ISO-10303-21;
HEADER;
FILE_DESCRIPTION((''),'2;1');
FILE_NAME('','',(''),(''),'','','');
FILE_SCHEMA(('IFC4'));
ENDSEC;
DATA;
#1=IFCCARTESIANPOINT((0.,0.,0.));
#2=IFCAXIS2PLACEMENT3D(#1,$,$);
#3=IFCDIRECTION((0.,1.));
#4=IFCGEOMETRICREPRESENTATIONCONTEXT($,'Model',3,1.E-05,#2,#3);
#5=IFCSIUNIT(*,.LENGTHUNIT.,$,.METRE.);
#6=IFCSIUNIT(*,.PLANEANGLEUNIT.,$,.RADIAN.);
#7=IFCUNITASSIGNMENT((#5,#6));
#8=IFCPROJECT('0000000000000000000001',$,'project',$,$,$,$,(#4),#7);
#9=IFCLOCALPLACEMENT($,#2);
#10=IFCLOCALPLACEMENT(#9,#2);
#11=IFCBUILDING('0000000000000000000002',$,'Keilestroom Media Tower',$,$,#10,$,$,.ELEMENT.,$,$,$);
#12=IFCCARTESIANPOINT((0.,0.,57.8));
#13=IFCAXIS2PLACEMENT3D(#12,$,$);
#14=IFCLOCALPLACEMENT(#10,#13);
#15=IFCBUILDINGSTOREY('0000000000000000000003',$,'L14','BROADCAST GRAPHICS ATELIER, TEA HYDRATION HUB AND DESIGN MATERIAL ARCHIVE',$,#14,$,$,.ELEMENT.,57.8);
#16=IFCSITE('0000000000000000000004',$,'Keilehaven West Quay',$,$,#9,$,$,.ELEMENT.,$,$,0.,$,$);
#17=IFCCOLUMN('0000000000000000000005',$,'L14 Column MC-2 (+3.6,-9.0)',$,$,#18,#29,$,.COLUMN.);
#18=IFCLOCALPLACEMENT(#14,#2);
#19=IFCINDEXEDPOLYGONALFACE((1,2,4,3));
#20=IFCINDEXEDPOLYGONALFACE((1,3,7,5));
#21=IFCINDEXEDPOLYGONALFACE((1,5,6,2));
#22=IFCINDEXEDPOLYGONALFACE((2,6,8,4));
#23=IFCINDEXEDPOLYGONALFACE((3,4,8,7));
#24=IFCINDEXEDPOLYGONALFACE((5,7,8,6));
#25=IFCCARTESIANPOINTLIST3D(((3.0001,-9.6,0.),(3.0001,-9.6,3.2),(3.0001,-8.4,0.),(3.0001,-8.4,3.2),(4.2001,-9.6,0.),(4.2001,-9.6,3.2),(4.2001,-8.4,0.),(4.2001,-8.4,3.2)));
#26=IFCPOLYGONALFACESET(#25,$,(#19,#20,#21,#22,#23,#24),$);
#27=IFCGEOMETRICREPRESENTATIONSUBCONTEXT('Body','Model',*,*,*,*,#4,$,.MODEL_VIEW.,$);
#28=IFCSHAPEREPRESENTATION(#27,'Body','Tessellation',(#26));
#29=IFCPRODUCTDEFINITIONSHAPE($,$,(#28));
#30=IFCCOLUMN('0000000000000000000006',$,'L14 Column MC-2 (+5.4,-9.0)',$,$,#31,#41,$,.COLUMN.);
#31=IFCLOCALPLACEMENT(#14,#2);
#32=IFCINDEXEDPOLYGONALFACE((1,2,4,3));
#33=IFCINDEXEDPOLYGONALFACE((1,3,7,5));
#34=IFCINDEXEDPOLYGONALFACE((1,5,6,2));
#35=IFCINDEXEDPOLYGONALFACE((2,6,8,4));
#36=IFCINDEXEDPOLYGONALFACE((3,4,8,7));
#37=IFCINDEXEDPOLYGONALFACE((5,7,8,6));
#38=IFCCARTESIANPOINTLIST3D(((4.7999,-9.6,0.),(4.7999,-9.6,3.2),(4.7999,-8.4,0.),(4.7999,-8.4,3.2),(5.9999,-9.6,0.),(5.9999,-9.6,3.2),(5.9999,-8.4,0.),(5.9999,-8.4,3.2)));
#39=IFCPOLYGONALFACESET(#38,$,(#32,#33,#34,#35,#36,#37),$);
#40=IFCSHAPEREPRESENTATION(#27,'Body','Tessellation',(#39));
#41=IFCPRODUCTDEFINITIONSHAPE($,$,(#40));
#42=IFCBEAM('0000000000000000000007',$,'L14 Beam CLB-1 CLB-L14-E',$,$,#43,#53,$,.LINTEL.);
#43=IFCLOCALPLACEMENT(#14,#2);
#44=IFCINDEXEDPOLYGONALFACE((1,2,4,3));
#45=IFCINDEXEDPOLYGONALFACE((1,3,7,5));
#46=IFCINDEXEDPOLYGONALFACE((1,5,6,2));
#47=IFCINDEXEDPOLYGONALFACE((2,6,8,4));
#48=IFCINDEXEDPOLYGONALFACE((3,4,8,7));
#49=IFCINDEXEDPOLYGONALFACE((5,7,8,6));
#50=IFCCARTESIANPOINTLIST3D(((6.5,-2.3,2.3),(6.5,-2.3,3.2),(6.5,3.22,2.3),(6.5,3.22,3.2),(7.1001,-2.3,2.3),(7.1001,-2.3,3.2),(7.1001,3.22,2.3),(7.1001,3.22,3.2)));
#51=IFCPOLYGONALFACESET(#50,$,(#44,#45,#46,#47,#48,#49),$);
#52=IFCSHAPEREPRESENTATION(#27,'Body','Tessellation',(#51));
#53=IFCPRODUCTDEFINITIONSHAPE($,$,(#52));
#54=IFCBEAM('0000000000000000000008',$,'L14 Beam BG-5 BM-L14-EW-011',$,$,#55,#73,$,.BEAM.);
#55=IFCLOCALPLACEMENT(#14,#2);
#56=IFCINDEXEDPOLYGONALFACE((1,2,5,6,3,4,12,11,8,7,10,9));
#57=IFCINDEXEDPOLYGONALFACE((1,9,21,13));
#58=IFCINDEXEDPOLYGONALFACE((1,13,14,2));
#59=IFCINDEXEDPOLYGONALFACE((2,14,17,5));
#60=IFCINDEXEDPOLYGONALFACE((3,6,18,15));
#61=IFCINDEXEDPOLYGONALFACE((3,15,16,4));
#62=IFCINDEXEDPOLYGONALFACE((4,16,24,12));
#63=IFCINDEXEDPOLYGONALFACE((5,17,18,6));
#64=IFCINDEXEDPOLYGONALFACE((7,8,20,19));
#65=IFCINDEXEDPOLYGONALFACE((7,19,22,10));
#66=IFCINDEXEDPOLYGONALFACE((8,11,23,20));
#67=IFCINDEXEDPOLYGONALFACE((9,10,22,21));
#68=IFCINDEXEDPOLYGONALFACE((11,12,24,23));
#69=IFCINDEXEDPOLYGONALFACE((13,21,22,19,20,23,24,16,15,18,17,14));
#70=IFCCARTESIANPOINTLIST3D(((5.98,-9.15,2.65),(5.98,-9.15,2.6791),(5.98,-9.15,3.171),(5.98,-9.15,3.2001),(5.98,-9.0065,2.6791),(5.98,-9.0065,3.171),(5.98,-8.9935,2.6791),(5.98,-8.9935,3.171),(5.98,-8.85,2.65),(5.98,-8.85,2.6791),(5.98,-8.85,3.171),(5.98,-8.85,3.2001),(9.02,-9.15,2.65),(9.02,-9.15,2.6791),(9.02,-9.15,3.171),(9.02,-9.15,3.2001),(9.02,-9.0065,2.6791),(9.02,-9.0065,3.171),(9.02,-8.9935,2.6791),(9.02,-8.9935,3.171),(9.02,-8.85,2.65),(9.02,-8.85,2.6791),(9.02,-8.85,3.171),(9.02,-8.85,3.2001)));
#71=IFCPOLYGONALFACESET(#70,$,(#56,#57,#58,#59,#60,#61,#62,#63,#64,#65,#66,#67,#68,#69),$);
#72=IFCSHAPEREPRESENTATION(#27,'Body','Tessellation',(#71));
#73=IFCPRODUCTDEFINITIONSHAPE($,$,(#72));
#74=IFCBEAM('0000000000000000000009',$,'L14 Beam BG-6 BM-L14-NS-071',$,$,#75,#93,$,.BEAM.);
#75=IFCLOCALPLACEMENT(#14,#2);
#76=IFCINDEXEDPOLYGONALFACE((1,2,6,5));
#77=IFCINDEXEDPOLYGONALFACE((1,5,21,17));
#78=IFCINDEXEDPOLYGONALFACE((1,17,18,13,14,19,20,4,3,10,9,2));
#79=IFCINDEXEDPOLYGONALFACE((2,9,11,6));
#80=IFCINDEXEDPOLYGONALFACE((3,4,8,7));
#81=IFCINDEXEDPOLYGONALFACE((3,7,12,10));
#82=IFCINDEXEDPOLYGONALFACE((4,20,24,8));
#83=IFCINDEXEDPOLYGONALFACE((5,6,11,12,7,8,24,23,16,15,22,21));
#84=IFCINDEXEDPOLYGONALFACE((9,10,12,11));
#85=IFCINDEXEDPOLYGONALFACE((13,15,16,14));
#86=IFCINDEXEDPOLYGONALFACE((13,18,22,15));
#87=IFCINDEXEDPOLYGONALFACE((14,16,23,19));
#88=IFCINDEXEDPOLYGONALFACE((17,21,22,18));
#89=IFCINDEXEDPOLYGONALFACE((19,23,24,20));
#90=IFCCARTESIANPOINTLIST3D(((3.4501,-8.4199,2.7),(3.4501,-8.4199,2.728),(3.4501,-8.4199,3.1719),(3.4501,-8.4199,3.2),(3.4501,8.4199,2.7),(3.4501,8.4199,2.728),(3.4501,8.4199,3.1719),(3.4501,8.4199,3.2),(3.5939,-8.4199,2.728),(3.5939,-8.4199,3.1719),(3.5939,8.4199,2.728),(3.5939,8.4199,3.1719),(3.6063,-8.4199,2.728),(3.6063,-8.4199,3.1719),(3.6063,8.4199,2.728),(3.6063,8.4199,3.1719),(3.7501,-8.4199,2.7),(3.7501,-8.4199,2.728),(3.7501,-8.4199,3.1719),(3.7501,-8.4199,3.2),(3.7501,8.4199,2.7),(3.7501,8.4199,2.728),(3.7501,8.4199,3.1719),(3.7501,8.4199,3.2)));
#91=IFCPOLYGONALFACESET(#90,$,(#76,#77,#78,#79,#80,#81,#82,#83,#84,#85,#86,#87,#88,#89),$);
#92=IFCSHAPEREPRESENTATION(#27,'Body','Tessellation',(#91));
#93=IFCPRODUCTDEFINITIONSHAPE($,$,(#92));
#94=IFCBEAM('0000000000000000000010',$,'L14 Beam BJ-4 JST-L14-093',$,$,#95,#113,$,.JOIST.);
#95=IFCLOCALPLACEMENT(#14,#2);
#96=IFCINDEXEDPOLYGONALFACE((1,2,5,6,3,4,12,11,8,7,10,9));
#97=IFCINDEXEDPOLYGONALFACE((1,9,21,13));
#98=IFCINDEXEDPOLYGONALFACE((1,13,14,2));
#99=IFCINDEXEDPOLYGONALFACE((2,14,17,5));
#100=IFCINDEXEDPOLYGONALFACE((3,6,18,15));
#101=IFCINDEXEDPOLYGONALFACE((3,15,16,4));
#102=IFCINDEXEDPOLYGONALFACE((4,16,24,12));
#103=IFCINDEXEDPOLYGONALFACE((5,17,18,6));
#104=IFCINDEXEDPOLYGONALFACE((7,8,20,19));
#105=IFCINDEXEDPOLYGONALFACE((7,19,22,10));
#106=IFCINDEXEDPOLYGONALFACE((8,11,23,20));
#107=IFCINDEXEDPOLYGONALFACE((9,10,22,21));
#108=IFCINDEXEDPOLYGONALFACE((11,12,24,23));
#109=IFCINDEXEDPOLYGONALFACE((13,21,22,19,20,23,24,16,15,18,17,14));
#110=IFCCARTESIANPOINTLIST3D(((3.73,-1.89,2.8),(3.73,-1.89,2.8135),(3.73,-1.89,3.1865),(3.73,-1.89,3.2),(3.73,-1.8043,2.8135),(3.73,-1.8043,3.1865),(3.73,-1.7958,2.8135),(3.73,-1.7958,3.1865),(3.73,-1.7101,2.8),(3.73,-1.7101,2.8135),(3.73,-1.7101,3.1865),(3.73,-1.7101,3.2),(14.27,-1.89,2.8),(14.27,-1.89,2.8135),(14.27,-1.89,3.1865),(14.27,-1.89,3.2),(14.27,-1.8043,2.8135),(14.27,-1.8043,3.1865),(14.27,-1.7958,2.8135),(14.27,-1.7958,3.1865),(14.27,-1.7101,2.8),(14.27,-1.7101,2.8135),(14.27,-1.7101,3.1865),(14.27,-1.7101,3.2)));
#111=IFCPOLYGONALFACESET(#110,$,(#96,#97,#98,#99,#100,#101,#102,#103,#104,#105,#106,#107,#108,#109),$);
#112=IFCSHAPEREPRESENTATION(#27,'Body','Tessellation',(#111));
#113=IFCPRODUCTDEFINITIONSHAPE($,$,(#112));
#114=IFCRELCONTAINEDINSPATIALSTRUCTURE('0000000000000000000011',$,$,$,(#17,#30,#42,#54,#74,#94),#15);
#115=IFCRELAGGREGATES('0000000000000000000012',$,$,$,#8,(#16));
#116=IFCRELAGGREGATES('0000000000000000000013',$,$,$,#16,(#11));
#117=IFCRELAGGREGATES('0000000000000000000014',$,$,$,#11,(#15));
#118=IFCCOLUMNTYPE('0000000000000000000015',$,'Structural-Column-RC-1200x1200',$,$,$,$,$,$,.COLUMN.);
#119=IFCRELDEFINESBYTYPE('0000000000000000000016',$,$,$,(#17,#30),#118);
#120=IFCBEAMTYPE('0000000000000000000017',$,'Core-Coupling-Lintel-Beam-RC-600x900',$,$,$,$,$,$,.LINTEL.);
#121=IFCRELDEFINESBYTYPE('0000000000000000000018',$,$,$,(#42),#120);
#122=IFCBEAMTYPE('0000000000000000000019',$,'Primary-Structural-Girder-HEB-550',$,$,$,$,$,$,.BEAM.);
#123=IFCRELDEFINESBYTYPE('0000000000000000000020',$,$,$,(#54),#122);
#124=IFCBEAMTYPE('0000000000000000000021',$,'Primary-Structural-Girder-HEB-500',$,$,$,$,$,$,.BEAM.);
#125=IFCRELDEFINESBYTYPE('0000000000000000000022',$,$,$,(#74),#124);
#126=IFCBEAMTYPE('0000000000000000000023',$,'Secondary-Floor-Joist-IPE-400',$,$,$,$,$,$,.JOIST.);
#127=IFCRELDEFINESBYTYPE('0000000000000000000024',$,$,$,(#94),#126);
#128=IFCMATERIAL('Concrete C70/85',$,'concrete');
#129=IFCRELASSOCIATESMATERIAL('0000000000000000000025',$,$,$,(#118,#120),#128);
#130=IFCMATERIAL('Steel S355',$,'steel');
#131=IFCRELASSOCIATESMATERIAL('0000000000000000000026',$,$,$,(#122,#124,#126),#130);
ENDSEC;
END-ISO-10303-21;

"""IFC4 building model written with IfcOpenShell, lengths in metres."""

from ifc_helpers import new_model, si_unit, direction, frame, origin, origin_2d, place, context, subcontext, project, spatial, rectangle, i_section, extrude, source, transform, mapped, material, material_profile, profile_set, type_object, element, save


model = new_model("IFC4")

# Units and contexts
model_context = context("Model", 3, precision=1e-05, world=origin(), true_north=direction((0.0, 1.0)))
body_context = subcontext(model_context, "Body", "Model", "MODEL_VIEW")
ifc_project = project(units=[si_unit("LENGTHUNIT", "METRE"), si_unit("PLANEANGLEUNIT", "RADIAN")], contexts=[model_context])

# Site, building, storey
site_placement = place(None, origin())
site = spatial("IfcSite", under=ifc_project, at=site_placement, Name="Keilehaven West Quay", CompositionType="ELEMENT", RefElevation=0.0)
building_placement = place(site_placement, origin())
building = spatial("IfcBuilding", under=site, at=building_placement, Name="Keilestroom Media Tower", CompositionType="ELEMENT")
storey_placement = place(building_placement, frame((0.0, 0.0, 57.8)))
storey = spatial("IfcBuildingStorey", under=building, at=storey_placement, Name="L14", Description="BROADCAST GRAPHICS ATELIER, TEA HYDRATION HUB AND DESIGN MATERIAL ARCHIVE", CompositionType="ELEMENT", Elevation=57.8)

# Columns
ifc_material_1 = material(Name="Concrete C70/85", Category="concrete")
ifc_material_profile_1 = material_profile(ifc_material_1, rectangle(XDim=1.2, YDim=1.2, at=origin_2d()), Name="RC 1200x1200")
ifc_profile_set_1 = profile_set([ifc_material_profile_1], Name="Concrete C70/85")
column_type = type_object("IfcColumnType", Name="Structural-Column-RC-1200x1200", PredefinedType="COLUMN", material=ifc_profile_set_1)
shared_shape_1 = source(origin(), body_context, "Body", "SweptSolid", [
    extrude(rectangle(XDim=1.2, YDim=1.2, at=origin_2d()), origin(), (0.0, 0.0, 1.0), 3.2),
])
for number, where, z_axis, x_axis, name in (
    (1, (3.6001, -9.0, 0.0), (0.0, 0.0, 1.0), (1.0, 0.0, 0.0), "L14 Column MC-2 (+3.6,-9.0)"),
    (2, (5.3999, -9.0, 0.0), (0.0, 0.0, 1.0), (1.0, 0.0, 0.0), "L14 Column MC-2 (+5.4,-9.0)"),
):
    element("IfcColumn", number, at=place(storey_placement, frame(where, z_axis=z_axis, x_axis=x_axis)), inside=storey, type_object=column_type, Name=name, PredefinedType="COLUMN", context=body_context, shape_type="MappedRepresentation", body=[
        mapped(shared_shape_1, transform((0.0, 0.0, 0.0), x_axis=(1.0, 0.0, 0.0), y_axis=(0.0, 1.0, 0.0), z_axis=(0.0, 0.0, 1.0), scale=1.0)),
    ])

# Beams
ifc_material_profile_2 = material_profile(ifc_material_1, rectangle(XDim=0.6001, YDim=0.8999, at=origin_2d()), Name="RC 600x900")
ifc_profile_set_2 = profile_set([ifc_material_profile_2], Name="Concrete C70/85")
beam_type_1 = type_object("IfcBeamType", Name="Core-Coupling-Lintel-Beam-RC-600x900", PredefinedType="LINTEL", material=ifc_profile_set_2)
shared_shape_2 = source(origin(), body_context, "Body", "SweptSolid", [
    extrude(rectangle(XDim=0.6001, YDim=0.8999, at=origin_2d()), origin(), (0.0, 0.0, 1.0), 5.52),
])
beam_1_placement = place(storey_placement, frame((6.8, -2.3, 2.75), z_axis=(0.0, 1.0, 0.0), x_axis=(-1.0, 0.0, 0.0)))
element("IfcBeam", 3, at=beam_1_placement, inside=storey, type_object=beam_type_1, Name="L14 Beam CLB-1 CLB-L14-E", PredefinedType="LINTEL", context=body_context, shape_type="MappedRepresentation", body=[
    mapped(shared_shape_2, transform((0.0, 0.0, 0.0), x_axis=(1.0, 0.0, 0.0), y_axis=(0.0, 1.0, 0.0), z_axis=(0.0, 0.0, 1.0), scale=1.0)),
])
ifc_material_2 = material(Name="Steel S355", Category="steel")
ifc_material_profile_3 = material_profile(ifc_material_2, i_section(OverallWidth=0.3, OverallDepth=0.55, WebThickness=0.0129, FlangeThickness=0.0291, at=origin_2d()), Name="HEB 550")
ifc_profile_set_3 = profile_set([ifc_material_profile_3], Name="Steel S355")
beam_type_2 = type_object("IfcBeamType", Name="Primary-Structural-Girder-HEB-550", PredefinedType="BEAM", material=ifc_profile_set_3)
shared_shape_3 = source(origin(), body_context, "Body", "SweptSolid", [
    extrude(i_section(OverallWidth=0.3, OverallDepth=0.55, WebThickness=0.0129, FlangeThickness=0.0291, at=origin_2d()), origin(), (0.0, 0.0, 1.0), 3.04),
])
beam_2_placement = place(storey_placement, frame((5.98, -9.0, 2.925), z_axis=(1.0, 0.0, 0.0), x_axis=(0.0, 1.0, 0.0)))
element("IfcBeam", 4, at=beam_2_placement, inside=storey, type_object=beam_type_2, Name="L14 Beam BG-5 BM-L14-EW-011", PredefinedType="BEAM", context=body_context, shape_type="MappedRepresentation", body=[
    mapped(shared_shape_3, transform((0.0, 0.0, 0.0), x_axis=(1.0, 0.0, 0.0), y_axis=(0.0, 1.0, 0.0), z_axis=(0.0, 0.0, 1.0), scale=1.0)),
])
ifc_material_profile_4 = material_profile(ifc_material_2, i_section(OverallWidth=0.3, OverallDepth=0.5, WebThickness=0.0125, FlangeThickness=0.0281, at=origin_2d()), Name="HEB 500")
ifc_profile_set_4 = profile_set([ifc_material_profile_4], Name="Steel S355")
beam_type_3 = type_object("IfcBeamType", Name="Primary-Structural-Girder-HEB-500", PredefinedType="BEAM", material=ifc_profile_set_4)
shared_shape_4 = source(origin(), body_context, "Body", "SweptSolid", [
    extrude(i_section(OverallWidth=0.3, OverallDepth=0.5, WebThickness=0.0125, FlangeThickness=0.0281, at=origin_2d()), origin(), (0.0, 0.0, 1.0), 16.8398),
])
beam_3_placement = place(storey_placement, frame((3.6001, -8.4199, 2.95), z_axis=(0.0, 1.0, 0.0), x_axis=(-1.0, 0.0, 0.0)))
element("IfcBeam", 5, at=beam_3_placement, inside=storey, type_object=beam_type_3, Name="L14 Beam BG-6 BM-L14-NS-071", PredefinedType="BEAM", context=body_context, shape_type="MappedRepresentation", body=[
    mapped(shared_shape_4, transform((0.0, 0.0, 0.0), x_axis=(1.0, 0.0, 0.0), y_axis=(0.0, 1.0, 0.0), z_axis=(0.0, 0.0, 1.0), scale=1.0)),
])
ifc_material_profile_5 = material_profile(ifc_material_2, i_section(OverallWidth=0.1799, OverallDepth=0.3999, WebThickness=0.0085, FlangeThickness=0.0134, at=origin_2d()), Name="IPE 400")
ifc_profile_set_5 = profile_set([ifc_material_profile_5], Name="Steel S355")
beam_type_4 = type_object("IfcBeamType", Name="Secondary-Floor-Joist-IPE-400", PredefinedType="JOIST", material=ifc_profile_set_5)
shared_shape_5 = source(origin(), body_context, "Body", "SweptSolid", [
    extrude(i_section(OverallWidth=0.1799, OverallDepth=0.3999, WebThickness=0.0085, FlangeThickness=0.0134, at=origin_2d()), origin(), (0.0, 0.0, 1.0), 10.54),
])
beam_4_placement = place(storey_placement, frame((3.73, -1.8, 3.0), z_axis=(1.0, 0.0, 0.0), x_axis=(0.0, 1.0, 0.0)))
element("IfcBeam", 6, at=beam_4_placement, inside=storey, type_object=beam_type_4, Name="L14 Beam BJ-4 JST-L14-093", PredefinedType="JOIST", context=body_context, shape_type="MappedRepresentation", body=[
    mapped(shared_shape_5, transform((0.0, 0.0, 0.0), x_axis=(1.0, 0.0, 0.0), y_axis=(0.0, 1.0, 0.0), z_axis=(0.0, 0.0, 1.0), scale=1.0)),
])

save(model, "model.ifc")
